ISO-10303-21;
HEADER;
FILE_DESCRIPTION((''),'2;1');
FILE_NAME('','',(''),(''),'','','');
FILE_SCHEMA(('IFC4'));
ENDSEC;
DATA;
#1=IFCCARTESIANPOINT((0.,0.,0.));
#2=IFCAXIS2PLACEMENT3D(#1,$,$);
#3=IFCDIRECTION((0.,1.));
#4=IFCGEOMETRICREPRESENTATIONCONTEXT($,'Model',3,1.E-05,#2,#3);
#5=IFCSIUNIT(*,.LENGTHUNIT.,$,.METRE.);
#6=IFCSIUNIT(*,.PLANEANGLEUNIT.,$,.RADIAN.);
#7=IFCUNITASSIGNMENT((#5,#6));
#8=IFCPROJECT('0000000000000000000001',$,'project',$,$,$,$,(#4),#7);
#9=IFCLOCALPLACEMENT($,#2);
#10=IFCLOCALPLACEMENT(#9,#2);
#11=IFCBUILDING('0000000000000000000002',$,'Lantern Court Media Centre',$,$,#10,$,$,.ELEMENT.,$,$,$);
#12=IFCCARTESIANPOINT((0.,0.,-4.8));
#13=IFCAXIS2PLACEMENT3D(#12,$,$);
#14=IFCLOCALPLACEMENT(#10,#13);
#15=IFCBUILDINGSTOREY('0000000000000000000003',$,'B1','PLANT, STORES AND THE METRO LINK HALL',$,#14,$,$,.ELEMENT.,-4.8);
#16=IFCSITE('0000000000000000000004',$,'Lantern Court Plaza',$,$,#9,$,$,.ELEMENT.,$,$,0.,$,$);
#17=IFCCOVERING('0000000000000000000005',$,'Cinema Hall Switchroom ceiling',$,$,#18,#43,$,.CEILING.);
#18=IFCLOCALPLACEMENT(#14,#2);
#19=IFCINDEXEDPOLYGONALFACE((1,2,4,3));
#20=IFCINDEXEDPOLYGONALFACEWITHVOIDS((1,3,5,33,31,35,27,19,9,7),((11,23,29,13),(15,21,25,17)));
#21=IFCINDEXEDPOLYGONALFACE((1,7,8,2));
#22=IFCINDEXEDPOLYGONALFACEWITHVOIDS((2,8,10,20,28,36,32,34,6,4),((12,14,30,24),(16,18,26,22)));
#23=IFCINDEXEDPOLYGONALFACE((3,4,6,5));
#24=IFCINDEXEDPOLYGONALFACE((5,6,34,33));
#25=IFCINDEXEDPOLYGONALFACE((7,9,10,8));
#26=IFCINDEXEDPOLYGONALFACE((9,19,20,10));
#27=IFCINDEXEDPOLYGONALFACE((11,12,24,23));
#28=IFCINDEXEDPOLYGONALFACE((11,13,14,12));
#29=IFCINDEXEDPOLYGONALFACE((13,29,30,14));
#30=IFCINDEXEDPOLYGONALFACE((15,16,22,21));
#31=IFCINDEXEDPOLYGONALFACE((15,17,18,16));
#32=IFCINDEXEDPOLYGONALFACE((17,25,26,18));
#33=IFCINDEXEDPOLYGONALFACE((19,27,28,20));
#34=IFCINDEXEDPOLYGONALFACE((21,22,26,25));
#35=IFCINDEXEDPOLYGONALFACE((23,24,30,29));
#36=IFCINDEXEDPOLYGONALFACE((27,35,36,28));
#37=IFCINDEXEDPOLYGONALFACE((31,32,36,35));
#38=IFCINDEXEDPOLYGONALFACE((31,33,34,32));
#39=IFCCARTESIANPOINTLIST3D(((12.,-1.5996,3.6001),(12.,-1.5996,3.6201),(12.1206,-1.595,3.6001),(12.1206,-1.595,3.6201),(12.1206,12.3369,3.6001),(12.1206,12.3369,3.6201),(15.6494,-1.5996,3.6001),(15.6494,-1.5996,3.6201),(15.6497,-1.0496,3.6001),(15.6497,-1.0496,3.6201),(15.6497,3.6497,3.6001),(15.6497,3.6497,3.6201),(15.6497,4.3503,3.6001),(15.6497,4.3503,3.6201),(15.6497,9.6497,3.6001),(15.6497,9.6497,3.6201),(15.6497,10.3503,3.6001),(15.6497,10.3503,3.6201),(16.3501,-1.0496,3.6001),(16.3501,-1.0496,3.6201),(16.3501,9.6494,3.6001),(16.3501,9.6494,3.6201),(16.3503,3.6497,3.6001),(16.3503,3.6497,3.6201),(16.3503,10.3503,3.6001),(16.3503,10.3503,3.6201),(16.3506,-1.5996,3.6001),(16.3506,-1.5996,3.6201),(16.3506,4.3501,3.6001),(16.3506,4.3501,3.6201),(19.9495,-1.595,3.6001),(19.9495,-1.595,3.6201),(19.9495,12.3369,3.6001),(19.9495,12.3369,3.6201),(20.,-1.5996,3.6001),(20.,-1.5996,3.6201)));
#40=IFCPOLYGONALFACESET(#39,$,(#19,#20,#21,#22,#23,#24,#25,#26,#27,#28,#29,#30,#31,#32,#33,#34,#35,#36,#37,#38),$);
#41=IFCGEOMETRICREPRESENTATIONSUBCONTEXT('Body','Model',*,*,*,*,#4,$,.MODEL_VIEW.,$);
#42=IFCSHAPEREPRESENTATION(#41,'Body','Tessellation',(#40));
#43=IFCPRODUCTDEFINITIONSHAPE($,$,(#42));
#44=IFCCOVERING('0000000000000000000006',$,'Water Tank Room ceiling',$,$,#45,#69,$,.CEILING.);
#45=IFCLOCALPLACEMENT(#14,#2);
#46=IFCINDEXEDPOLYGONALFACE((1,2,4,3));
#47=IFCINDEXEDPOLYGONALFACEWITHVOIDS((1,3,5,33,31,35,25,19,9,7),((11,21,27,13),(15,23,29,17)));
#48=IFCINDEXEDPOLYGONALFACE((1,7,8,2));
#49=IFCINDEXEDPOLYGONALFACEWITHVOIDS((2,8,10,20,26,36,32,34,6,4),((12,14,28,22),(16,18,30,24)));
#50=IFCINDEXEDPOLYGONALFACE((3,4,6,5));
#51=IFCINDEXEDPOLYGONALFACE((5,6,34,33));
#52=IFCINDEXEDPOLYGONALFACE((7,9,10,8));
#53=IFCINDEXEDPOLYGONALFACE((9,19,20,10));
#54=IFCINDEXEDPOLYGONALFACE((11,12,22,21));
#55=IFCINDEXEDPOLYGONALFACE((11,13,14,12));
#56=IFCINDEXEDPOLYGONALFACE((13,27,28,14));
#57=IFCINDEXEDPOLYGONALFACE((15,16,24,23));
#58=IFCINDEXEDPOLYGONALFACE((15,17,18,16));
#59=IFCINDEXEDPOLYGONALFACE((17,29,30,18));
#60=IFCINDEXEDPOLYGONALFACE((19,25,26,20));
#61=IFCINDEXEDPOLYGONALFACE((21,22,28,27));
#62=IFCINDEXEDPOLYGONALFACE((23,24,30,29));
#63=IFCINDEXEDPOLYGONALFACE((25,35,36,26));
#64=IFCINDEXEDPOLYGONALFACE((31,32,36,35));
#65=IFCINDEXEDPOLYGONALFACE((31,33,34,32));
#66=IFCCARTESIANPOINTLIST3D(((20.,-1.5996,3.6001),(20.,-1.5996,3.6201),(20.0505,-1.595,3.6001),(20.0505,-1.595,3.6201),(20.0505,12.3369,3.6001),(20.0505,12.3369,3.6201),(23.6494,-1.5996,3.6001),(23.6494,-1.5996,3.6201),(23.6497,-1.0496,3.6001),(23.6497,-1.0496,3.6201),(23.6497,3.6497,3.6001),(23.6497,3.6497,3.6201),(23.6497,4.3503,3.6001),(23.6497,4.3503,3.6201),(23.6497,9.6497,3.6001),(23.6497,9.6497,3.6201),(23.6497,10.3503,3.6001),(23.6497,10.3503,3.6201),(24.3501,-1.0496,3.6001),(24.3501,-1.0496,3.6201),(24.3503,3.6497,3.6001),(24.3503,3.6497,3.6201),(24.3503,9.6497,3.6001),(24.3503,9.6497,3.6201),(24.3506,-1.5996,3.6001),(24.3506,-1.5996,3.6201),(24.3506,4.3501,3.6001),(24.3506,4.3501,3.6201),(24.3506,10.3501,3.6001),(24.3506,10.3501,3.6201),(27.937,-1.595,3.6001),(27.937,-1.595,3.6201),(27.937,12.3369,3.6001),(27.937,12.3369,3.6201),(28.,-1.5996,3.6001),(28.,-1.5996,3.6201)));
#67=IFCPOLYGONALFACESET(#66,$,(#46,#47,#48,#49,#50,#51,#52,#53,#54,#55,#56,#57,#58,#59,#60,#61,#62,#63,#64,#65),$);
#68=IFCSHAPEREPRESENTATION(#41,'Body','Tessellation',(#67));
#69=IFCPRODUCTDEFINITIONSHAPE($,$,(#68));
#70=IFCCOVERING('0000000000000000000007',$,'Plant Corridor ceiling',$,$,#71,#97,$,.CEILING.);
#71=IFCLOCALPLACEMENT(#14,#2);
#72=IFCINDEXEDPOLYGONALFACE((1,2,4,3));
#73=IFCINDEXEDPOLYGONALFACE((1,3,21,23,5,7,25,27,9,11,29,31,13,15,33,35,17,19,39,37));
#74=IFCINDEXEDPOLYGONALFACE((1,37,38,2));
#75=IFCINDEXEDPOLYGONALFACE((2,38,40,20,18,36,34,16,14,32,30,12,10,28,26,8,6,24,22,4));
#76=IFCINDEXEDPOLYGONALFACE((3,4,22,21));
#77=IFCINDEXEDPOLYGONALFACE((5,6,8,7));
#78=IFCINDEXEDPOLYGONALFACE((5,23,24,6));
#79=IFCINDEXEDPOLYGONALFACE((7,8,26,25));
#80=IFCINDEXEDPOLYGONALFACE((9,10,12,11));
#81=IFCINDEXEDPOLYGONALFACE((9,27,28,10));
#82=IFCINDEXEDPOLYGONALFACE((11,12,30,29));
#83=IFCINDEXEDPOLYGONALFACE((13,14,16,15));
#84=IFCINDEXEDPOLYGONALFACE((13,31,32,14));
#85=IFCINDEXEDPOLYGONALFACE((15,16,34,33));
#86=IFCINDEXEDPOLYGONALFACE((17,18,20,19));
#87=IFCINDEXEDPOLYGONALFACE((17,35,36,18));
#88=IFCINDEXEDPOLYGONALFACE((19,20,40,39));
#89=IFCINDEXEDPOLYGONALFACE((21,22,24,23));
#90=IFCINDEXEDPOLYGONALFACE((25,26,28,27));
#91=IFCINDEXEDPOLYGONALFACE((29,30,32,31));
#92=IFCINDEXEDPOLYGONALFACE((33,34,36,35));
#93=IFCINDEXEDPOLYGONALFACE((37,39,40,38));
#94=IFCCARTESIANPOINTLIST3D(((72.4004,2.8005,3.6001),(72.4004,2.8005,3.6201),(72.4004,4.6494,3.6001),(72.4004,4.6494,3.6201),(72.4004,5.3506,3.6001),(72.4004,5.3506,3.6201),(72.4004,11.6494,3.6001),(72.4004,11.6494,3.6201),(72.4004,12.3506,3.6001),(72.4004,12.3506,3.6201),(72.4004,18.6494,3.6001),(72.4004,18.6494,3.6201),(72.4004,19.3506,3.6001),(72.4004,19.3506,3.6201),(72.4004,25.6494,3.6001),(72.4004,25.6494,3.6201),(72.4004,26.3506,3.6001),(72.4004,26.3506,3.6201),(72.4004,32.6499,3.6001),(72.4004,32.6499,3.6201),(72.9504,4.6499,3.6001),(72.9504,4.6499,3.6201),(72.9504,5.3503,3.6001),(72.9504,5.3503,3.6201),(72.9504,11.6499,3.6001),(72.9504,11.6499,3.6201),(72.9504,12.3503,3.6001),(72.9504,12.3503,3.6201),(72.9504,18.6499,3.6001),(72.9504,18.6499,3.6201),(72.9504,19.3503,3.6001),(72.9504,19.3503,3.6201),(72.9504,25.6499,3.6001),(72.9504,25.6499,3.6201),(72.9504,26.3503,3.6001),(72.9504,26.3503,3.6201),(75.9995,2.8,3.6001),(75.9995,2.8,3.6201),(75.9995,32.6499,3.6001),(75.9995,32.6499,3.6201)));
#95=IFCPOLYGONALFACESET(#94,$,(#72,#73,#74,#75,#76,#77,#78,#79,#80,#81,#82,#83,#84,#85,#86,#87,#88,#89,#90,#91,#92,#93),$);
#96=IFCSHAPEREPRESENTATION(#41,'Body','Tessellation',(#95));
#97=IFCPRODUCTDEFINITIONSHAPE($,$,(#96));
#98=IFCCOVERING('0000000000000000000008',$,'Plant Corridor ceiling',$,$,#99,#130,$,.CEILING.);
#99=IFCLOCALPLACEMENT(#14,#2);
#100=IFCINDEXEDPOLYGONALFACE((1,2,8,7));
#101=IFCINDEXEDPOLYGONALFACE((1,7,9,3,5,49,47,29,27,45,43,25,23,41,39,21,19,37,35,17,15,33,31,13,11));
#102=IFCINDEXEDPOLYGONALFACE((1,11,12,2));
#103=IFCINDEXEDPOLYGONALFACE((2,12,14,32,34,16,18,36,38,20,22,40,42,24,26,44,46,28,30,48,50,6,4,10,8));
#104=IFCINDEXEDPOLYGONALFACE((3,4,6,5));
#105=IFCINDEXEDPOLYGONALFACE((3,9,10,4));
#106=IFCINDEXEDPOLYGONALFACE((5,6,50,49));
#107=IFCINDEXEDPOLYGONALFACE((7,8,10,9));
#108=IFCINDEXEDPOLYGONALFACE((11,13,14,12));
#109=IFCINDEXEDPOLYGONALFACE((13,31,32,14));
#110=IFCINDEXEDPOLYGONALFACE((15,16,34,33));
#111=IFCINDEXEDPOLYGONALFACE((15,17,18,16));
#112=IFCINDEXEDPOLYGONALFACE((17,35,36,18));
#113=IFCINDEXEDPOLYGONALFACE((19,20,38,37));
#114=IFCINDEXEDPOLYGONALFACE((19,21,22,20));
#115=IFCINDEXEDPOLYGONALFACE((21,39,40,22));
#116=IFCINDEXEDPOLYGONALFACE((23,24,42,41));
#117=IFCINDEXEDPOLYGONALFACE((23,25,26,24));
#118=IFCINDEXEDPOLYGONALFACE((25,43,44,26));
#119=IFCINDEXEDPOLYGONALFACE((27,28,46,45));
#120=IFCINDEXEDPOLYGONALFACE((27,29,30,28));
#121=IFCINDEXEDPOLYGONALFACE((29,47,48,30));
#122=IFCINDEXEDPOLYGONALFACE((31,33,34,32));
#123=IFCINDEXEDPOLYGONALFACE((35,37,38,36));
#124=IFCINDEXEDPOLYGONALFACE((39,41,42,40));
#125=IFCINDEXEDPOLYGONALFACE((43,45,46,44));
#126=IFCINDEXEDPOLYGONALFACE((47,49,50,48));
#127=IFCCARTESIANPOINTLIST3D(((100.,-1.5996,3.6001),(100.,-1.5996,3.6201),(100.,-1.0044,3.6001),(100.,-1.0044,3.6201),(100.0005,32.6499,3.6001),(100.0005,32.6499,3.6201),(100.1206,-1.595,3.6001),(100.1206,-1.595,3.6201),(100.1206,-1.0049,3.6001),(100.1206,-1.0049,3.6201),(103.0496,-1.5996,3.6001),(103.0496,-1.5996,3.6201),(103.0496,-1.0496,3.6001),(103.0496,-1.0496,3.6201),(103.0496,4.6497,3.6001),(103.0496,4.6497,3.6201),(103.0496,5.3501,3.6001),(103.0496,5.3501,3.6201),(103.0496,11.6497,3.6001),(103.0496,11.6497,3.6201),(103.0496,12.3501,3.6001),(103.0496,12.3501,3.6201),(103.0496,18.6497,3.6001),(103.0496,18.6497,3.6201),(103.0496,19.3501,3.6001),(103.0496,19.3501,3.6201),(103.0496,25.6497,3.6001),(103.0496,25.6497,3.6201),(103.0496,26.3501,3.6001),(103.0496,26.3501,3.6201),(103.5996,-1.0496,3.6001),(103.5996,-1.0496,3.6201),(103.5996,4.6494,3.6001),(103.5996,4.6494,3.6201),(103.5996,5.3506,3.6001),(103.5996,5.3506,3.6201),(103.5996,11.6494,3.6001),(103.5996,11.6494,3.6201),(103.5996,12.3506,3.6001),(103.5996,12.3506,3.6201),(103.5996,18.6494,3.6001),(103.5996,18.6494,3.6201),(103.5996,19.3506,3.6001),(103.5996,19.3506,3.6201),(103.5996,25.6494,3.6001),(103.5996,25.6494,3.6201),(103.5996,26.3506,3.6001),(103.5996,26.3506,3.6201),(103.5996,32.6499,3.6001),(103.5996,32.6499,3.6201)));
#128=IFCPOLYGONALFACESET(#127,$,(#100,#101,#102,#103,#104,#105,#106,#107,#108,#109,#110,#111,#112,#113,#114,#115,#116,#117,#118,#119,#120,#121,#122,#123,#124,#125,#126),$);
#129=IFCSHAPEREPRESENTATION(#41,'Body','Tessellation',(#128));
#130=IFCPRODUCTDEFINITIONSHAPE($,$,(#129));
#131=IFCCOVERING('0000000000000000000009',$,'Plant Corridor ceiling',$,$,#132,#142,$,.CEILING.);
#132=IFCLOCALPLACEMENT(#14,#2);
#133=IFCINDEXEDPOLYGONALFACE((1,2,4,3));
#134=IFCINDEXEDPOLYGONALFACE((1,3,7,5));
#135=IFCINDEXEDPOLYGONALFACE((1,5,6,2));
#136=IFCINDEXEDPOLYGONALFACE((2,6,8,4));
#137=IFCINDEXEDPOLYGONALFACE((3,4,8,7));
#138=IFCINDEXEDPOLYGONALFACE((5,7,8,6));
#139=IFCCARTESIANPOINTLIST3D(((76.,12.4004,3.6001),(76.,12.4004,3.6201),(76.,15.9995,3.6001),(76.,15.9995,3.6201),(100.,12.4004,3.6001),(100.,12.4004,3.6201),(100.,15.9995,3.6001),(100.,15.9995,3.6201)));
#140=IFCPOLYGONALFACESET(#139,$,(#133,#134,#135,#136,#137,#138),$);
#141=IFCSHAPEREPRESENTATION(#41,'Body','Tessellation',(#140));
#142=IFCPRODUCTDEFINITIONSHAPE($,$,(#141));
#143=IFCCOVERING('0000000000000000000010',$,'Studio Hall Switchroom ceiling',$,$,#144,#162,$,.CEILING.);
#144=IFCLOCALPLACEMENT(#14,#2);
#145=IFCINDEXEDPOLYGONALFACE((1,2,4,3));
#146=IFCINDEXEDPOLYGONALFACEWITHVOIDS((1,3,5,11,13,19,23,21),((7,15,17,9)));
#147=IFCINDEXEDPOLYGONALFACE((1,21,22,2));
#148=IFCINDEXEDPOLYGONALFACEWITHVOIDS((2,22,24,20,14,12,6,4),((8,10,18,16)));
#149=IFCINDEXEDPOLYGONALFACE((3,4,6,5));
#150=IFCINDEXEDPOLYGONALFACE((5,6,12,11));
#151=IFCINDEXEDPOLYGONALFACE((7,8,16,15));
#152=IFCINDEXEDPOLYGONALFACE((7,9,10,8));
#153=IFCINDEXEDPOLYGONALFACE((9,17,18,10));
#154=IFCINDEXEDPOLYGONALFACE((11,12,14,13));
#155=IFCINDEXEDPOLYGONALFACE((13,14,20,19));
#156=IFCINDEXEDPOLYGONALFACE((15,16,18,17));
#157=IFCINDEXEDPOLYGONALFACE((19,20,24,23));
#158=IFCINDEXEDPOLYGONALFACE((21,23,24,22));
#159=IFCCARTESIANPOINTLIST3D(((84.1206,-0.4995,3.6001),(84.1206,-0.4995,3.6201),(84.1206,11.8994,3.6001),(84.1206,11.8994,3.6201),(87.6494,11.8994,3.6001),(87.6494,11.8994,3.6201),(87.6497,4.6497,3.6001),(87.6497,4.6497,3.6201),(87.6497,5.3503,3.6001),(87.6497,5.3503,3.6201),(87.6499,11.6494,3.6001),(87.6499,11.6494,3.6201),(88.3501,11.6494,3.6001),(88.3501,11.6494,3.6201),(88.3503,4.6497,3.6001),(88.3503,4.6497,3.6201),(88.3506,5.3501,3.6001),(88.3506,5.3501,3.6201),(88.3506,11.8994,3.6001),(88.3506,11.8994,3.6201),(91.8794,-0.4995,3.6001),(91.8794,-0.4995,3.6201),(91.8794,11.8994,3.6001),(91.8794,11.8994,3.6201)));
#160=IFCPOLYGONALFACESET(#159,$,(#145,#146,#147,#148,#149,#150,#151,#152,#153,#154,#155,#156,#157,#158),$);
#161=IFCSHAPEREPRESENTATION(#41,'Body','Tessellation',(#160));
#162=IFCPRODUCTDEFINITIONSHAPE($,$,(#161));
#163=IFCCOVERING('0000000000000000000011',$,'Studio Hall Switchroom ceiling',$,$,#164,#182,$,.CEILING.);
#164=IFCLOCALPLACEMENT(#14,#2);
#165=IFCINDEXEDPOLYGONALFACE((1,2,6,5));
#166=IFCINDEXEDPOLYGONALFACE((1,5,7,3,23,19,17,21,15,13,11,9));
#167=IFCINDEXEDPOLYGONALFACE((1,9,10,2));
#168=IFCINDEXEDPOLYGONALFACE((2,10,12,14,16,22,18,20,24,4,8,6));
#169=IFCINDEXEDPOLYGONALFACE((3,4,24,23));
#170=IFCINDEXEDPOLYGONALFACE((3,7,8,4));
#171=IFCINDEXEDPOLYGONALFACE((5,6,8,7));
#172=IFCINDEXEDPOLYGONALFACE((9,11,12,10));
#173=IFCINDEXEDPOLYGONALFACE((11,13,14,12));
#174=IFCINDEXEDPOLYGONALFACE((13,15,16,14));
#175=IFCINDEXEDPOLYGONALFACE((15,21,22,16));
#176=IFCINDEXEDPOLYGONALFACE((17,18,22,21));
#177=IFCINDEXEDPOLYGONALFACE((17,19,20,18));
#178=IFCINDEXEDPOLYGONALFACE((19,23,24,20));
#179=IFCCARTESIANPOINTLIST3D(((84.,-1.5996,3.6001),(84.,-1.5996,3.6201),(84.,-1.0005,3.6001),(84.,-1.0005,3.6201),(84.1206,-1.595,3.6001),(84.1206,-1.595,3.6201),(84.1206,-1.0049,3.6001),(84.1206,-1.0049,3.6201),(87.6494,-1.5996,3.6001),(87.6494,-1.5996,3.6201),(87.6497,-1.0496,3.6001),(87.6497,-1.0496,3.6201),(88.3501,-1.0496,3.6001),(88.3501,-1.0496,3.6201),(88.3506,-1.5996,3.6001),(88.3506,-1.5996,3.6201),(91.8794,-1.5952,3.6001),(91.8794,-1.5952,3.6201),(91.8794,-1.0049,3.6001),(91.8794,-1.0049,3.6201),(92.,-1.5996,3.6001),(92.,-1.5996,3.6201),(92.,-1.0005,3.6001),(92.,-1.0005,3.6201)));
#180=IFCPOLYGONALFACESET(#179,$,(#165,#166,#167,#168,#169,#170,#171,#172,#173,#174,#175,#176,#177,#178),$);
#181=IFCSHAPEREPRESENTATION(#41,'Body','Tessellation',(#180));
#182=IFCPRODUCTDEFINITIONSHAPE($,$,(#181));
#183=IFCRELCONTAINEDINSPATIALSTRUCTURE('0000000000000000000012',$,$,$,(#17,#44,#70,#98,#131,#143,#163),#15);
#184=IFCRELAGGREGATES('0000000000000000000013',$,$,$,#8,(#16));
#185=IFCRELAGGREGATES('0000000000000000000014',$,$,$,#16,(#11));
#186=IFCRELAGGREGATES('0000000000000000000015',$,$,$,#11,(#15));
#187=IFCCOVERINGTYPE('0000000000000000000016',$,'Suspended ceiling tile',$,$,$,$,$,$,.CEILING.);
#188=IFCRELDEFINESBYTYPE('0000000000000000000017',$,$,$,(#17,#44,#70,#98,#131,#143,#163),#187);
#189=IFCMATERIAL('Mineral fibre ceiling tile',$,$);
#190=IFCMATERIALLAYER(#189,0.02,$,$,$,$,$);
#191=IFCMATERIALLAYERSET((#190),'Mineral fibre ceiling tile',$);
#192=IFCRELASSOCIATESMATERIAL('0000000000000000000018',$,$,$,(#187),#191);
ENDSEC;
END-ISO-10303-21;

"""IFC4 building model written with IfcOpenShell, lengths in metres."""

from ifc_helpers import new_model, si_unit, direction, frame, origin, place, context, subcontext, project, spatial, polyline, outline, extrude, material, layer, layer_set, type_object, element, save


model = new_model("IFC4")

# Units and contexts
model_context = context("Model", 3, precision=1e-05, world=origin(), true_north=direction((0.0, 1.0)))
body_context = subcontext(model_context, "Body", "Model", "MODEL_VIEW")
ifc_project = project(units=[si_unit("LENGTHUNIT", "METRE"), si_unit("PLANEANGLEUNIT", "RADIAN")], contexts=[model_context])

# Site, building, storey
site_placement = place(None, origin())
site = spatial("IfcSite", under=ifc_project, at=site_placement, Name="Lantern Court Plaza", CompositionType="ELEMENT", RefElevation=0.0)
building_placement = place(site_placement, origin())
building = spatial("IfcBuilding", under=site, at=building_placement, Name="Lantern Court Media Centre", CompositionType="ELEMENT")
storey_placement = place(building_placement, frame((0.0, 0.0, -4.8)))
storey = spatial("IfcBuildingStorey", under=building, at=storey_placement, Name="B1", Description="PLANT, STORES AND THE METRO LINK HALL", CompositionType="ELEMENT", Elevation=-4.8)

# Coverings
ifc_material = material(Name="Mineral fibre ceiling tile")
ifc_layer = layer(ifc_material, 0.02)
ifc_layer_set = layer_set([ifc_layer], Name="Mineral fibre ceiling tile")
covering_type = type_object("IfcCoveringType", Name="Suspended ceiling tile", PredefinedType="CEILING", material=ifc_layer_set)
covering_1_placement = place(storey_placement, frame((0.0, 0.0, 3.6001)))
element("IfcCovering", 1, at=covering_1_placement, inside=storey, type_object=covering_type, Name="Cinema Hall Switchroom ceiling", PredefinedType="CEILING", context=body_context, shape_type="SweptSolid", body=[
    extrude(outline(polyline([(20.0, -1.5996), (16.3506, -1.5996), (16.3501, -1.0496), (15.6497, -1.0496), (15.6494, -1.5996), (12.0, -1.5996), (12.1206, -1.595), (12.1206, 12.3369), (19.9495, 12.3369), (19.9495, -1.595), (20.0, -1.5996)]), holes=[polyline([(16.3501, 9.6494), (16.3503, 10.3503), (15.6497, 10.3503), (15.6497, 9.6497), (16.3501, 9.6494)]), polyline([(16.3506, 4.3501), (15.6497, 4.3503), (15.6497, 3.6497), (16.3503, 3.6497), (16.3506, 4.3501)])]), origin(), (0.0, 0.0, 1.0), 0.02),
])
covering_2_placement = place(storey_placement, frame((0.0, 0.0, 3.6001)))
element("IfcCovering", 2, at=covering_2_placement, inside=storey, type_object=covering_type, Name="Water Tank Room ceiling", PredefinedType="CEILING", context=body_context, shape_type="SweptSolid", body=[
    extrude(outline(polyline([(28.0, -1.5996), (24.3506, -1.5996), (24.3501, -1.0496), (23.6497, -1.0496), (23.6494, -1.5996), (20.0, -1.5996), (20.0505, -1.595), (20.0505, 12.3369), (27.937, 12.3369), (27.937, -1.595), (28.0, -1.5996)]), holes=[polyline([(24.3506, 10.3501), (23.6497, 10.3503), (23.6497, 9.6497), (24.3503, 9.6497), (24.3506, 10.3501)]), polyline([(24.3506, 4.3501), (23.6497, 4.3503), (23.6497, 3.6497), (24.3503, 3.6497), (24.3506, 4.3501)])]), origin(), (0.0, 0.0, 1.0), 0.02),
])
covering_3_placement = place(storey_placement, frame((0.0, 0.0, 3.6001)))
element("IfcCovering", 3, at=covering_3_placement, inside=storey, type_object=covering_type, Name="Plant Corridor ceiling", PredefinedType="CEILING", context=body_context, shape_type="SweptSolid", body=[
    extrude(outline(polyline([(75.9995, 32.6499), (75.9995, 2.8), (72.4004, 2.8005), (72.4004, 4.6494), (72.9504, 4.6499), (72.9504, 5.3503), (72.4004, 5.3506), (72.4004, 11.6494), (72.9504, 11.6499), (72.9504, 12.3503), (72.4004, 12.3506), (72.4004, 18.6494), (72.9504, 18.6499), (72.9504, 19.3503), (72.4004, 19.3506), (72.4004, 25.6494), (72.9504, 25.6499), (72.9504, 26.3503), (72.4004, 26.3506), (72.4004, 32.6499), (75.9995, 32.6499)])), origin(), (0.0, 0.0, 1.0), 0.02),
])
covering_4_placement = place(storey_placement, frame((0.0, 0.0, 3.6001)))
element("IfcCovering", 4, at=covering_4_placement, inside=storey, type_object=covering_type, Name="Plant Corridor ceiling", PredefinedType="CEILING", context=body_context, shape_type="SweptSolid", body=[
    extrude(outline(polyline([(103.5996, 32.6499), (103.5996, 26.3506), (103.0496, 26.3501), (103.0496, 25.6497), (103.5996, 25.6494), (103.5996, 19.3506), (103.0496, 19.3501), (103.0496, 18.6497), (103.5996, 18.6494), (103.5996, 12.3506), (103.0496, 12.3501), (103.0496, 11.6497), (103.5996, 11.6494), (103.5996, 5.3506), (103.0496, 5.3501), (103.0496, 4.6497), (103.5996, 4.6494), (103.5996, -1.0496), (103.0496, -1.0496), (103.0496, -1.5996), (100.0, -1.5996), (100.1206, -1.595), (100.1206, -1.0049), (100.0, -1.0044), (100.0005, 32.6499), (103.5996, 32.6499)])), origin(), (0.0, 0.0, 1.0), 0.02),
])
covering_5_placement = place(storey_placement, frame((0.0, 0.0, 3.6001)))
element("IfcCovering", 5, at=covering_5_placement, inside=storey, type_object=covering_type, Name="Plant Corridor ceiling", PredefinedType="CEILING", context=body_context, shape_type="SweptSolid", body=[
    extrude(outline(polyline([(100.0, 12.4004), (76.0, 12.4004), (76.0, 15.9995), (100.0, 15.9995), (100.0, 12.4004)])), origin(), (0.0, 0.0, 1.0), 0.02),
])
covering_6_placement = place(storey_placement, frame((0.0, 0.0, 3.6001)))
element("IfcCovering", 6, at=covering_6_placement, inside=storey, type_object=covering_type, Name="Studio Hall Switchroom ceiling", PredefinedType="CEILING", context=body_context, shape_type="SweptSolid", body=[
    extrude(outline(polyline([(84.1206, -0.4995), (84.1206, 11.8994), (87.6494, 11.8994), (87.6499, 11.6494), (88.3501, 11.6494), (88.3506, 11.8994), (91.8794, 11.8994), (91.8794, -0.4995), (84.1206, -0.4995)]), holes=[polyline([(88.3506, 5.3501), (87.6497, 5.3503), (87.6497, 4.6497), (88.3503, 4.6497), (88.3506, 5.3501)])]), origin(), (0.0, 0.0, 1.0), 0.02),
])
covering_7_placement = place(storey_placement, frame((0.0, 0.0, 3.6001)))
element("IfcCovering", 7, at=covering_7_placement, inside=storey, type_object=covering_type, Name="Studio Hall Switchroom ceiling", PredefinedType="CEILING", context=body_context, shape_type="SweptSolid", body=[
    extrude(outline(polyline([(92.0, -1.5996), (88.3506, -1.5996), (88.3501, -1.0496), (87.6497, -1.0496), (87.6494, -1.5996), (84.0, -1.5996), (84.1206, -1.595), (84.1206, -1.0049), (84.0, -1.0005), (92.0, -1.0005), (91.8794, -1.0049), (91.8794, -1.5952), (92.0, -1.5996)])), origin(), (0.0, 0.0, 1.0), 0.02),
])

save(model, "model.ifc")
